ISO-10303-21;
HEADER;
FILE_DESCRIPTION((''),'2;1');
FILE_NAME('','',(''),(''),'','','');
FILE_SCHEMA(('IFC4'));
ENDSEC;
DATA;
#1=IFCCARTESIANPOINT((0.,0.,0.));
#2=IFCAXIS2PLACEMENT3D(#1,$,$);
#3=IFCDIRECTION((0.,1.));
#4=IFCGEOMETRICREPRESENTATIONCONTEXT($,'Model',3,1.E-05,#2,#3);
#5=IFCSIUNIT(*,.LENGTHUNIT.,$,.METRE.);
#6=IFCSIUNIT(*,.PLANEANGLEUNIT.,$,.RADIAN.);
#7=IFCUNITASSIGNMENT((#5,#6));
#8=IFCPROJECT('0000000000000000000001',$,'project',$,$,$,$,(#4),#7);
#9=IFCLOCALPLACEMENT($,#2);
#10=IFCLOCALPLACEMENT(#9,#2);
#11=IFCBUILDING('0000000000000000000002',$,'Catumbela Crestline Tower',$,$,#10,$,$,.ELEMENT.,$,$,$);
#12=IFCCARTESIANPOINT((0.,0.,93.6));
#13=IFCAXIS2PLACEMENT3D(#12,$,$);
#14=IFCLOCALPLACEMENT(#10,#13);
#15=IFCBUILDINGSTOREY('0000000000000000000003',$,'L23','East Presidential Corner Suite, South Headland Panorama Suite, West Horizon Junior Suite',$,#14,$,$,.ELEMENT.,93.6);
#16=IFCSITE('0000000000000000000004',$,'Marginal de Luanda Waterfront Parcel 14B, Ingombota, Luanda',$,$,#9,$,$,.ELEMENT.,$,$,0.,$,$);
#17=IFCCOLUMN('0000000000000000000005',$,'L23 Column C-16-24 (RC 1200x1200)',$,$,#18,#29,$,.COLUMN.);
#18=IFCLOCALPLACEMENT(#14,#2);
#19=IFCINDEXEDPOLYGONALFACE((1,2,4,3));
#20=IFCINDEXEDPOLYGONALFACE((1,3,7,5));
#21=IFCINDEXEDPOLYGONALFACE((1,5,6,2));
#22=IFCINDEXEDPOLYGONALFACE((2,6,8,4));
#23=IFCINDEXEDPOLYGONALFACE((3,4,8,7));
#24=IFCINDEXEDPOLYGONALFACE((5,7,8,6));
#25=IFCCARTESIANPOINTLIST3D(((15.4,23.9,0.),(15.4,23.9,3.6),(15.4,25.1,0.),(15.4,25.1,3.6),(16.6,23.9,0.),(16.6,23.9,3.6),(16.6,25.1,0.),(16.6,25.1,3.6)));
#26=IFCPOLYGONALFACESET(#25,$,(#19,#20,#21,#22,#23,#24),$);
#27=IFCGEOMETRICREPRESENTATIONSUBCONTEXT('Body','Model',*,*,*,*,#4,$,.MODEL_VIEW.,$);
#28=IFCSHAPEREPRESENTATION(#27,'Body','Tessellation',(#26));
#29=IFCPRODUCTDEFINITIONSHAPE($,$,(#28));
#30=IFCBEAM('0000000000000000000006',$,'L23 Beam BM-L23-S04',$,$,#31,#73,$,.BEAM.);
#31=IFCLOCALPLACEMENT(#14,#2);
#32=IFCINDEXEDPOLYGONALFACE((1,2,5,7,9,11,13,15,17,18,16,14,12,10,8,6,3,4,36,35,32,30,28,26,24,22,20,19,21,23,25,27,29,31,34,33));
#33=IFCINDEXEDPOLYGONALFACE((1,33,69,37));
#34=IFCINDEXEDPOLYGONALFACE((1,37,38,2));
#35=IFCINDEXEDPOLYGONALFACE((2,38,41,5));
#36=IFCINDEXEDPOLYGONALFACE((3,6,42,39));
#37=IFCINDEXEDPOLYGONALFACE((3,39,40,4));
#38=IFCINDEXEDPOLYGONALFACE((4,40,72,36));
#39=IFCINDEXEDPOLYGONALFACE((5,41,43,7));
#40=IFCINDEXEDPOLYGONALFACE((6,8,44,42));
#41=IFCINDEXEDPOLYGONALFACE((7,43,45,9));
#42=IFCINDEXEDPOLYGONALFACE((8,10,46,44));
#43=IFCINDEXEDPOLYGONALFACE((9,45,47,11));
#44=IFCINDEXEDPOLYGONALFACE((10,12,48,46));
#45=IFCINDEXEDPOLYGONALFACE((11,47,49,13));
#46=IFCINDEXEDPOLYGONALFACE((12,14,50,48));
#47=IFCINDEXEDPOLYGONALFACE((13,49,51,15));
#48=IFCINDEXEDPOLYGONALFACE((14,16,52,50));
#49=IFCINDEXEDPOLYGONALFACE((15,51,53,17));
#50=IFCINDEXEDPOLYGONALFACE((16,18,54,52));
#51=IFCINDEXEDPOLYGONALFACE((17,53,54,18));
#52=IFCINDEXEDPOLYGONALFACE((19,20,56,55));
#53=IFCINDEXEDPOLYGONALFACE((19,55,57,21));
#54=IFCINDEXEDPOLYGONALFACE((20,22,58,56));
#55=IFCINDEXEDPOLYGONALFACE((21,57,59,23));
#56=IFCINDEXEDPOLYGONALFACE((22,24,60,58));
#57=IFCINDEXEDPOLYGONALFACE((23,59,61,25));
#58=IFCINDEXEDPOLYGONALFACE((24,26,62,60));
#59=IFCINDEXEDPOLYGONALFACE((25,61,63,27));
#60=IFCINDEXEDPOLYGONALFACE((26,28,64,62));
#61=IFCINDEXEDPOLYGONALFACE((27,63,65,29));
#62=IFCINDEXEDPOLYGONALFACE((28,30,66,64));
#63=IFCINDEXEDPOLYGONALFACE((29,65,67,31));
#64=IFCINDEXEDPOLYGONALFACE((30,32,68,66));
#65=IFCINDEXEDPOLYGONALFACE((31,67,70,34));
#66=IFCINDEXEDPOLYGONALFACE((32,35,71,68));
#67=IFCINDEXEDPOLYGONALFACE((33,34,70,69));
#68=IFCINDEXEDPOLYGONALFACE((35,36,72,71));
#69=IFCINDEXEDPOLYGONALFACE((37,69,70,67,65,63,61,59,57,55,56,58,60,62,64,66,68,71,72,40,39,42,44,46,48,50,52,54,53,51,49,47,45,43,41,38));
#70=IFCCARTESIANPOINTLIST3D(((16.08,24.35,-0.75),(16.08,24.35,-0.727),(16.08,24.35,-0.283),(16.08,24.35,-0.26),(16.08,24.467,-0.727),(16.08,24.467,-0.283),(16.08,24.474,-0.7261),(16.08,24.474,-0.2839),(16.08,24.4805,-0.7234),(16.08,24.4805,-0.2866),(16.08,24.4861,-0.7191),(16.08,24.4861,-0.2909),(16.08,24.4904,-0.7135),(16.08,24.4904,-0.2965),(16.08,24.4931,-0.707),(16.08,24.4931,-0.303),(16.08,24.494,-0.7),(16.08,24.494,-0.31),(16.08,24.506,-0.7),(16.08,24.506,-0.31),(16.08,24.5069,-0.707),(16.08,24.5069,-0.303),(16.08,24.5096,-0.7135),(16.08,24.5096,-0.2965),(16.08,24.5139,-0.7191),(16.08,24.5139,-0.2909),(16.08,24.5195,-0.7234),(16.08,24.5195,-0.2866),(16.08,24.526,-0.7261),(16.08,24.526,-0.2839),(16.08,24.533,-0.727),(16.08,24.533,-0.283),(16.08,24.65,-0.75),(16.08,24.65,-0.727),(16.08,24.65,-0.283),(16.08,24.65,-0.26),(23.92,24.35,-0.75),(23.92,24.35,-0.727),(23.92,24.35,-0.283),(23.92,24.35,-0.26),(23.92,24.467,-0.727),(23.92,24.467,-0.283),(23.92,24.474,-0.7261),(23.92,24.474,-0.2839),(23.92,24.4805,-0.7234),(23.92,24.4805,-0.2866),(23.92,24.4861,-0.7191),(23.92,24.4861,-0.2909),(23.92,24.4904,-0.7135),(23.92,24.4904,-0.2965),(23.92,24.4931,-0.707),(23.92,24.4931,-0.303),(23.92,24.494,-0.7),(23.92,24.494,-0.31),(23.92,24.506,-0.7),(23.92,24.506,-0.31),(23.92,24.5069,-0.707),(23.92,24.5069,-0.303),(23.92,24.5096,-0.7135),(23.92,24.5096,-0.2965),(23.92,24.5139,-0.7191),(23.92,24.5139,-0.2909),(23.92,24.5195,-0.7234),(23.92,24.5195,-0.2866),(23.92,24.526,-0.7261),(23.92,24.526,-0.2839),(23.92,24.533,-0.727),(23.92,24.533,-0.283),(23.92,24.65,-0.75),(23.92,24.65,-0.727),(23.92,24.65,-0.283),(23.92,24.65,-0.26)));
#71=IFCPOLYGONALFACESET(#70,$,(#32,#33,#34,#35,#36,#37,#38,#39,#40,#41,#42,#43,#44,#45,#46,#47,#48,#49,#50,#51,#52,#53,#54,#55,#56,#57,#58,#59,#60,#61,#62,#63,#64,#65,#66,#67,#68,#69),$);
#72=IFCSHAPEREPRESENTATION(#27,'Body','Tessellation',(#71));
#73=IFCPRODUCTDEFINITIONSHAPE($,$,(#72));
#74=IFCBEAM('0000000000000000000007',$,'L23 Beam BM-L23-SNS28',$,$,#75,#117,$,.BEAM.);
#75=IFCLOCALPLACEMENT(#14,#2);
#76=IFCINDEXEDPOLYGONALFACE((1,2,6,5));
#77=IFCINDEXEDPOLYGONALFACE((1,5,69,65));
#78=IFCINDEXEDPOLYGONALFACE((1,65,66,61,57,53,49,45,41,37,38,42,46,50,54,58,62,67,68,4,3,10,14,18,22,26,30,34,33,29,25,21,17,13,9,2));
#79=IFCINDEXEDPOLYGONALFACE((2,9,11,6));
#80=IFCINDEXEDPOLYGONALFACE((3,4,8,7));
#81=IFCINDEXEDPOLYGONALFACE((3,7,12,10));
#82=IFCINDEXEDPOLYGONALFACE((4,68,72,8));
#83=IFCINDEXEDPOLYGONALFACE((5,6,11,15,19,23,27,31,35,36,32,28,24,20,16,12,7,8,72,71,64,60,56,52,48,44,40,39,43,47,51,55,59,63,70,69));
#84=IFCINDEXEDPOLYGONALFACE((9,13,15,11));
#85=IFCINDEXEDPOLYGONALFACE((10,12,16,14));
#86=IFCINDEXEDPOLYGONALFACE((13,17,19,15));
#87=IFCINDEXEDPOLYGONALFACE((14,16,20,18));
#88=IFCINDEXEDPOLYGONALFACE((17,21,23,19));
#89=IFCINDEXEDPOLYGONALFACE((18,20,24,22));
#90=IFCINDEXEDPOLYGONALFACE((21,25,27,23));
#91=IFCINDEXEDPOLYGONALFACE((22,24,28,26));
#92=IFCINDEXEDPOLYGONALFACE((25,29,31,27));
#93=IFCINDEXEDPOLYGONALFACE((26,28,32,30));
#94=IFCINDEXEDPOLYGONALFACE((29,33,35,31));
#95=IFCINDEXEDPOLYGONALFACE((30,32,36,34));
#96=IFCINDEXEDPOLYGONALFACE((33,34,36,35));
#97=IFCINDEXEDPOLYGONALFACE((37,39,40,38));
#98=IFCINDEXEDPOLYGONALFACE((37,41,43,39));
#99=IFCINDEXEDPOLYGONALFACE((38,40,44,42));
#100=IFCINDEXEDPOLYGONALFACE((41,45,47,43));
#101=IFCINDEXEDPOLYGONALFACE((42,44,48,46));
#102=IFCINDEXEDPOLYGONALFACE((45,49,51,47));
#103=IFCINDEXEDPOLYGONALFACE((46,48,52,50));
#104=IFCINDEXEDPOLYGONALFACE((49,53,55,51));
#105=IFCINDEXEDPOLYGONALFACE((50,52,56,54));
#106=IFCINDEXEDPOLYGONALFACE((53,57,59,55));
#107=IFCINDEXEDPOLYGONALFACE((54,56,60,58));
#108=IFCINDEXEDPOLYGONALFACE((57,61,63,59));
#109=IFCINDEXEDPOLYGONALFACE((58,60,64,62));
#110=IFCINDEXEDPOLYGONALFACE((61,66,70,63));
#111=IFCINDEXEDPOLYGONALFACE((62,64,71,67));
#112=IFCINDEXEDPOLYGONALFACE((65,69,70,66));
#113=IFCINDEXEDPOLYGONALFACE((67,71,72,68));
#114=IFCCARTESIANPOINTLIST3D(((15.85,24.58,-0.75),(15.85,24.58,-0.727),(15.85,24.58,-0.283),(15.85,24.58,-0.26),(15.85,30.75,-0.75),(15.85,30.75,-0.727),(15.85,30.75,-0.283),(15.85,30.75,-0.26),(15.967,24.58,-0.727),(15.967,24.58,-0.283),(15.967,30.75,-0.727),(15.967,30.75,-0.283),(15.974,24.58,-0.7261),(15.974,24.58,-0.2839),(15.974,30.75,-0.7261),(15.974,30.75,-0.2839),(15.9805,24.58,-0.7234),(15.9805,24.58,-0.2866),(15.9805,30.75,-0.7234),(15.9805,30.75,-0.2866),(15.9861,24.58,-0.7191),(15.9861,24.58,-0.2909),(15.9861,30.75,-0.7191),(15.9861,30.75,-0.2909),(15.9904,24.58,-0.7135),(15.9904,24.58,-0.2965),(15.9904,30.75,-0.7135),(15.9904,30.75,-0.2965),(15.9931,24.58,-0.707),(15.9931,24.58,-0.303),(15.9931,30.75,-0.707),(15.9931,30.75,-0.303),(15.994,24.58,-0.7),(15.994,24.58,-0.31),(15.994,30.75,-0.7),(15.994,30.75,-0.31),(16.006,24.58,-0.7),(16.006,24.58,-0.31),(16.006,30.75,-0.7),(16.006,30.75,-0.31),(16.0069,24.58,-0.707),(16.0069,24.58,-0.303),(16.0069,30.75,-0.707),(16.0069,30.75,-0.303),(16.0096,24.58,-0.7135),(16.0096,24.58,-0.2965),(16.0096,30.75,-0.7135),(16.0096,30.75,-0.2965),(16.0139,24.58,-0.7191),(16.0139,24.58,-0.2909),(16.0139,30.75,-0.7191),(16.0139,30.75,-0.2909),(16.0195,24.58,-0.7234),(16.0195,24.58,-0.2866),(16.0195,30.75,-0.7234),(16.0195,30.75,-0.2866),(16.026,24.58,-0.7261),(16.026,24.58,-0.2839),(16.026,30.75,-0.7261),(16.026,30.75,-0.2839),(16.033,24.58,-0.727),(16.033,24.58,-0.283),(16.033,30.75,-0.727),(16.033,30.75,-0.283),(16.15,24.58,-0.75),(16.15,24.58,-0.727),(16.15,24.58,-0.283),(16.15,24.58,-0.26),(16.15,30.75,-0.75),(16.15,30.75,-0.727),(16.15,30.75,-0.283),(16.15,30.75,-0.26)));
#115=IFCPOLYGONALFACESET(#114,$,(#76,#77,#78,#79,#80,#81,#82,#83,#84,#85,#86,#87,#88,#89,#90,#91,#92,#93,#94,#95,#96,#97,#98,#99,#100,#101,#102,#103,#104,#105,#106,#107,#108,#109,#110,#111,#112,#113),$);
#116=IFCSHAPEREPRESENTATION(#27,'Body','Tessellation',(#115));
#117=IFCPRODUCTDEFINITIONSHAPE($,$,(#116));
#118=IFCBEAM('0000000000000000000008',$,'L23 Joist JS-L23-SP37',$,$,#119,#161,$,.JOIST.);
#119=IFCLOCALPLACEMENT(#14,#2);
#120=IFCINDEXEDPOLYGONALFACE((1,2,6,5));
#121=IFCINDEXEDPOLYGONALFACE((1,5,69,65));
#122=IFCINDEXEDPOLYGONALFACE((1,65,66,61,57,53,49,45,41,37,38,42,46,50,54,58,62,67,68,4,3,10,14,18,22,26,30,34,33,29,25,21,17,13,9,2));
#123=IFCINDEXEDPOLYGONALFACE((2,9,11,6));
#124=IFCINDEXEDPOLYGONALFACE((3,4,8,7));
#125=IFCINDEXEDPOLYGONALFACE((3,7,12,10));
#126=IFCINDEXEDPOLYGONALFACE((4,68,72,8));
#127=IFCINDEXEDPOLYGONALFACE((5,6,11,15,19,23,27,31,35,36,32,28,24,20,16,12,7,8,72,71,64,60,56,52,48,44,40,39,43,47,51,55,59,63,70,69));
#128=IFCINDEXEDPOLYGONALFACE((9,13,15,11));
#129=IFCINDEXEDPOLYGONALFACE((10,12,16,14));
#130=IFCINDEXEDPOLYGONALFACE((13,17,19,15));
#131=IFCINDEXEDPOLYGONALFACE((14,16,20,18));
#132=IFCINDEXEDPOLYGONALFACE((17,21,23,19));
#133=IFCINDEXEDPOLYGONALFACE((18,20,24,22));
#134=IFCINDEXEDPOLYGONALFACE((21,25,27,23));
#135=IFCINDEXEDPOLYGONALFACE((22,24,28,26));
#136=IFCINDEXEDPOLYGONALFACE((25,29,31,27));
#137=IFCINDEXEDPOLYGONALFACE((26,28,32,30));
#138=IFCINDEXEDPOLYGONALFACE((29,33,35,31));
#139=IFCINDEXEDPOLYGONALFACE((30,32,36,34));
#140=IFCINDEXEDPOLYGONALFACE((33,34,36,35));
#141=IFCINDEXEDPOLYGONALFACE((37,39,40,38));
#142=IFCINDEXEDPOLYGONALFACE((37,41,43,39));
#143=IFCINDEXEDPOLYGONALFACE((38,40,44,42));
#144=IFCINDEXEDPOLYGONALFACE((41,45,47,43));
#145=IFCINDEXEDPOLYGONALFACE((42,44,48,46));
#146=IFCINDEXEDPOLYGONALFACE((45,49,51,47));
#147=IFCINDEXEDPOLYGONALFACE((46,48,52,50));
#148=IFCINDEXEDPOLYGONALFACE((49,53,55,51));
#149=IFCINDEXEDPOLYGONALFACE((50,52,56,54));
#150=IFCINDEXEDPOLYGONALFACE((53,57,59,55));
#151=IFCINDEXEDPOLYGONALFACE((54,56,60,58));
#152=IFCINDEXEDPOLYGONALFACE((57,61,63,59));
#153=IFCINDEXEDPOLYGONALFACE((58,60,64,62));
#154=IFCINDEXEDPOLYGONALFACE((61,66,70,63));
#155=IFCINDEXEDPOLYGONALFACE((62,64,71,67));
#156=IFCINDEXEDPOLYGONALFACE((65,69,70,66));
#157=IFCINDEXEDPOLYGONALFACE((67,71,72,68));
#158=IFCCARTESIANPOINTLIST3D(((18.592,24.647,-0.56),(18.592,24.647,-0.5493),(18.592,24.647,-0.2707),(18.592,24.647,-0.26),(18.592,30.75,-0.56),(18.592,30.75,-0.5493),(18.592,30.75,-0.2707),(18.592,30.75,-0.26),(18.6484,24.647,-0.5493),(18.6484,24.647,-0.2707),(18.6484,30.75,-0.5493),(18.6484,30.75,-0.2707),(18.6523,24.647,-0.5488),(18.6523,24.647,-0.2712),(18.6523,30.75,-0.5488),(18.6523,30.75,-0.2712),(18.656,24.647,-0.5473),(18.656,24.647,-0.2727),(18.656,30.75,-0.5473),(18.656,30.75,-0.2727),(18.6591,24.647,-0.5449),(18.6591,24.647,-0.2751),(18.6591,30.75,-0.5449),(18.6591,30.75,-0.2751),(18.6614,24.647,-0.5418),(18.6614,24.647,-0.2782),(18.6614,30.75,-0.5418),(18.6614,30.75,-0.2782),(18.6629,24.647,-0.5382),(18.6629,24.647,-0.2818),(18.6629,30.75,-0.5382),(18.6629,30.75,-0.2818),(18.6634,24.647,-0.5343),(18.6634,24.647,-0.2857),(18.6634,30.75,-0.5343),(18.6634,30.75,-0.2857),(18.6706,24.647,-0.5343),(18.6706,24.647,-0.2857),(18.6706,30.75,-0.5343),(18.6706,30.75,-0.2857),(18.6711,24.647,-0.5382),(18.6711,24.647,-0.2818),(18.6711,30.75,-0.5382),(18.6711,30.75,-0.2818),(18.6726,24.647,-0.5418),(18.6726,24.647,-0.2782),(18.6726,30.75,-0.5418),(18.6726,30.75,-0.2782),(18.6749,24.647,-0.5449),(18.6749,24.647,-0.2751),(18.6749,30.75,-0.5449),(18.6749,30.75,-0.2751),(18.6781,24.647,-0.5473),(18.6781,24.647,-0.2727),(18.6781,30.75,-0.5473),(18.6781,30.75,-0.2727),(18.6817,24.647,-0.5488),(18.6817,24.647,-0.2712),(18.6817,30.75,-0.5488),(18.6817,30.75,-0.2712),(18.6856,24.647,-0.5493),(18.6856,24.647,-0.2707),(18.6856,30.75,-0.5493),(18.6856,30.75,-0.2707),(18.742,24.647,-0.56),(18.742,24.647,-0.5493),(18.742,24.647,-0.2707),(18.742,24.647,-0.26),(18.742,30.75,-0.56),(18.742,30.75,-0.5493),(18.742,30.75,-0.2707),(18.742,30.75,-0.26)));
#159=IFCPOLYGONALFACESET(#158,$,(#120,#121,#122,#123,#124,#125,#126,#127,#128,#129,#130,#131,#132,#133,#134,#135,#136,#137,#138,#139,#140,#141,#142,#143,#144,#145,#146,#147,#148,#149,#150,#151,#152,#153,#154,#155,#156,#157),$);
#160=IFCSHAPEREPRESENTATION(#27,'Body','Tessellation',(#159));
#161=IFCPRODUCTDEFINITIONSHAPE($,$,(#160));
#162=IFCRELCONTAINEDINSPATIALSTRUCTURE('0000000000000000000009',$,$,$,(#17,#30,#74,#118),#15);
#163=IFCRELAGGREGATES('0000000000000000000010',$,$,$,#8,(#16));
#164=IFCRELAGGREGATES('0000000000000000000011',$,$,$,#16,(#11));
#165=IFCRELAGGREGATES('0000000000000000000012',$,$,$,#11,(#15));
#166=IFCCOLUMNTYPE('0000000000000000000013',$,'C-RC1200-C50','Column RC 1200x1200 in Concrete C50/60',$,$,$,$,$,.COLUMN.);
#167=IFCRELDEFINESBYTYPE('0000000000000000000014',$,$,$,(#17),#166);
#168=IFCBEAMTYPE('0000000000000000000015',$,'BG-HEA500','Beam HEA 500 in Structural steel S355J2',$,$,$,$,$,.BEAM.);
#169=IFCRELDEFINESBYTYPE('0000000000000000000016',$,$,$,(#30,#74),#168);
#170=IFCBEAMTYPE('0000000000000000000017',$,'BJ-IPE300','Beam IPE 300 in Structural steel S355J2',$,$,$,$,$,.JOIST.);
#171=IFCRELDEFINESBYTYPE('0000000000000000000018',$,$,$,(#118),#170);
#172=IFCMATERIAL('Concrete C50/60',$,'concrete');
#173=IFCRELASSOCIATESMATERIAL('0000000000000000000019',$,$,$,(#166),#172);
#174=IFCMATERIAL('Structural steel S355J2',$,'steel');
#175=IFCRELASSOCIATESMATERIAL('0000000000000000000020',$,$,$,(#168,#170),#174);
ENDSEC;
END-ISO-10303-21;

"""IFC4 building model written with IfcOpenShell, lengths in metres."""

from ifc_helpers import new_model, si_unit, direction, frame, origin, origin_2d, place, context, subcontext, project, spatial, rectangle, i_section, extrude, material, material_profile, profile_set, type_object, element, save


model = new_model("IFC4")

# Units and contexts
model_context = context("Model", 3, precision=1e-05, world=origin(), true_north=direction((0.0, 1.0)))
body_context = subcontext(model_context, "Body", "Model", "MODEL_VIEW")
ifc_project = project(units=[si_unit("LENGTHUNIT", "METRE"), si_unit("PLANEANGLEUNIT", "RADIAN")], contexts=[model_context])

# Site, building, storey
site_placement = place(None, origin())
site = spatial("IfcSite", under=ifc_project, at=site_placement, Name="Marginal de Luanda Waterfront Parcel 14B, Ingombota, Luanda", CompositionType="ELEMENT", RefElevation=0.0)
building_placement = place(site_placement, origin())
building = spatial("IfcBuilding", under=site, at=building_placement, Name="Catumbela Crestline Tower", CompositionType="ELEMENT")
storey_placement = place(building_placement, frame((0.0, 0.0, 93.6)))
storey = spatial("IfcBuildingStorey", under=building, at=storey_placement, Name="L23", Description="East Presidential Corner Suite, South Headland Panorama Suite, West Horizon Junior Suite", CompositionType="ELEMENT", Elevation=93.6)

# Column
ifc_material_1 = material(Name="Concrete C50/60", Category="concrete")
ifc_material_profile_1 = material_profile(ifc_material_1, rectangle(XDim=1.2, YDim=1.2, at=origin_2d()), Name="RC 1200x1200")
ifc_profile_set_1 = profile_set([ifc_material_profile_1], Name="Concrete C50/60")
column_type = type_object("IfcColumnType", Name="C-RC1200-C50", Description="Column RC 1200x1200 in Concrete C50/60", PredefinedType="COLUMN", material=ifc_profile_set_1)
column_placement = place(storey_placement, frame((16.0, 24.5, 0.0), z_axis=(0.0, 0.0, 1.0), x_axis=(1.0, 0.0, 0.0)))
element("IfcColumn", 1, at=column_placement, inside=storey, type_object=column_type, Name="L23 Column C-16-24 (RC 1200x1200)", PredefinedType="COLUMN", context=body_context, shape_type="SweptSolid", body=[
    extrude(rectangle(XDim=1.2, YDim=1.2, at=origin_2d()), origin(), (0.0, 0.0, 1.0), 3.6),
])

# Beams
ifc_material_2 = material(Name="Structural steel S355J2", Category="steel")
ifc_material_profile_2 = material_profile(ifc_material_2, i_section(OverallWidth=0.3, OverallDepth=0.49, WebThickness=0.012, FlangeThickness=0.023, FilletRadius=0.027, at=origin_2d()), Name="HEA 500")
ifc_profile_set_2 = profile_set([ifc_material_profile_2], Name="Structural steel S355J2")
beam_type_1 = type_object("IfcBeamType", Name="BG-HEA500", Description="Beam HEA 500 in Structural steel S355J2", PredefinedType="BEAM", material=ifc_profile_set_2)
beam_1_placement = place(storey_placement, frame((16.08, 24.5, -0.505), z_axis=(1.0, 0.0, 0.0), x_axis=(0.0, 1.0, 0.0)))
element("IfcBeam", 2, at=beam_1_placement, inside=storey, type_object=beam_type_1, Name="L23 Beam BM-L23-S04", PredefinedType="BEAM", context=body_context, shape_type="SweptSolid", body=[
    extrude(i_section(OverallWidth=0.3, OverallDepth=0.49, WebThickness=0.012, FlangeThickness=0.023, FilletRadius=0.027, at=origin_2d()), origin(), (0.0, 0.0, 1.0), 7.84),
])
beam_2_placement = place(storey_placement, frame((16.0, 24.58, -0.505), z_axis=(0.0, 1.0, 0.0), x_axis=(-1.0, 0.0, 0.0)))
element("IfcBeam", 3, at=beam_2_placement, inside=storey, type_object=beam_type_1, Name="L23 Beam BM-L23-SNS28", PredefinedType="BEAM", context=body_context, shape_type="SweptSolid", body=[
    extrude(i_section(OverallWidth=0.3, OverallDepth=0.49, WebThickness=0.012, FlangeThickness=0.023, FilletRadius=0.027, at=origin_2d()), origin(), (0.0, 0.0, 1.0), 6.17),
])
ifc_material_profile_3 = material_profile(ifc_material_2, i_section(OverallWidth=0.15, OverallDepth=0.3, WebThickness=0.0071, FlangeThickness=0.0107, FilletRadius=0.015, at=origin_2d()), Name="IPE 300")
ifc_profile_set_3 = profile_set([ifc_material_profile_3], Name="Structural steel S355J2")
beam_type_2 = type_object("IfcBeamType", Name="BJ-IPE300", Description="Beam IPE 300 in Structural steel S355J2", PredefinedType="JOIST", material=ifc_profile_set_3)
beam_3_placement = place(storey_placement, frame((18.667, 24.647, -0.41), z_axis=(0.0, 1.0, 0.0), x_axis=(-1.0, 0.0, 0.0)))
element("IfcBeam", 4, at=beam_3_placement, inside=storey, type_object=beam_type_2, Name="L23 Joist JS-L23-SP37", PredefinedType="JOIST", context=body_context, shape_type="SweptSolid", body=[
    extrude(i_section(OverallWidth=0.15, OverallDepth=0.3, WebThickness=0.0071, FlangeThickness=0.0107, FilletRadius=0.015, at=origin_2d()), origin(), (0.0, 0.0, 1.0), 6.103),
])

save(model, "model.ifc")
